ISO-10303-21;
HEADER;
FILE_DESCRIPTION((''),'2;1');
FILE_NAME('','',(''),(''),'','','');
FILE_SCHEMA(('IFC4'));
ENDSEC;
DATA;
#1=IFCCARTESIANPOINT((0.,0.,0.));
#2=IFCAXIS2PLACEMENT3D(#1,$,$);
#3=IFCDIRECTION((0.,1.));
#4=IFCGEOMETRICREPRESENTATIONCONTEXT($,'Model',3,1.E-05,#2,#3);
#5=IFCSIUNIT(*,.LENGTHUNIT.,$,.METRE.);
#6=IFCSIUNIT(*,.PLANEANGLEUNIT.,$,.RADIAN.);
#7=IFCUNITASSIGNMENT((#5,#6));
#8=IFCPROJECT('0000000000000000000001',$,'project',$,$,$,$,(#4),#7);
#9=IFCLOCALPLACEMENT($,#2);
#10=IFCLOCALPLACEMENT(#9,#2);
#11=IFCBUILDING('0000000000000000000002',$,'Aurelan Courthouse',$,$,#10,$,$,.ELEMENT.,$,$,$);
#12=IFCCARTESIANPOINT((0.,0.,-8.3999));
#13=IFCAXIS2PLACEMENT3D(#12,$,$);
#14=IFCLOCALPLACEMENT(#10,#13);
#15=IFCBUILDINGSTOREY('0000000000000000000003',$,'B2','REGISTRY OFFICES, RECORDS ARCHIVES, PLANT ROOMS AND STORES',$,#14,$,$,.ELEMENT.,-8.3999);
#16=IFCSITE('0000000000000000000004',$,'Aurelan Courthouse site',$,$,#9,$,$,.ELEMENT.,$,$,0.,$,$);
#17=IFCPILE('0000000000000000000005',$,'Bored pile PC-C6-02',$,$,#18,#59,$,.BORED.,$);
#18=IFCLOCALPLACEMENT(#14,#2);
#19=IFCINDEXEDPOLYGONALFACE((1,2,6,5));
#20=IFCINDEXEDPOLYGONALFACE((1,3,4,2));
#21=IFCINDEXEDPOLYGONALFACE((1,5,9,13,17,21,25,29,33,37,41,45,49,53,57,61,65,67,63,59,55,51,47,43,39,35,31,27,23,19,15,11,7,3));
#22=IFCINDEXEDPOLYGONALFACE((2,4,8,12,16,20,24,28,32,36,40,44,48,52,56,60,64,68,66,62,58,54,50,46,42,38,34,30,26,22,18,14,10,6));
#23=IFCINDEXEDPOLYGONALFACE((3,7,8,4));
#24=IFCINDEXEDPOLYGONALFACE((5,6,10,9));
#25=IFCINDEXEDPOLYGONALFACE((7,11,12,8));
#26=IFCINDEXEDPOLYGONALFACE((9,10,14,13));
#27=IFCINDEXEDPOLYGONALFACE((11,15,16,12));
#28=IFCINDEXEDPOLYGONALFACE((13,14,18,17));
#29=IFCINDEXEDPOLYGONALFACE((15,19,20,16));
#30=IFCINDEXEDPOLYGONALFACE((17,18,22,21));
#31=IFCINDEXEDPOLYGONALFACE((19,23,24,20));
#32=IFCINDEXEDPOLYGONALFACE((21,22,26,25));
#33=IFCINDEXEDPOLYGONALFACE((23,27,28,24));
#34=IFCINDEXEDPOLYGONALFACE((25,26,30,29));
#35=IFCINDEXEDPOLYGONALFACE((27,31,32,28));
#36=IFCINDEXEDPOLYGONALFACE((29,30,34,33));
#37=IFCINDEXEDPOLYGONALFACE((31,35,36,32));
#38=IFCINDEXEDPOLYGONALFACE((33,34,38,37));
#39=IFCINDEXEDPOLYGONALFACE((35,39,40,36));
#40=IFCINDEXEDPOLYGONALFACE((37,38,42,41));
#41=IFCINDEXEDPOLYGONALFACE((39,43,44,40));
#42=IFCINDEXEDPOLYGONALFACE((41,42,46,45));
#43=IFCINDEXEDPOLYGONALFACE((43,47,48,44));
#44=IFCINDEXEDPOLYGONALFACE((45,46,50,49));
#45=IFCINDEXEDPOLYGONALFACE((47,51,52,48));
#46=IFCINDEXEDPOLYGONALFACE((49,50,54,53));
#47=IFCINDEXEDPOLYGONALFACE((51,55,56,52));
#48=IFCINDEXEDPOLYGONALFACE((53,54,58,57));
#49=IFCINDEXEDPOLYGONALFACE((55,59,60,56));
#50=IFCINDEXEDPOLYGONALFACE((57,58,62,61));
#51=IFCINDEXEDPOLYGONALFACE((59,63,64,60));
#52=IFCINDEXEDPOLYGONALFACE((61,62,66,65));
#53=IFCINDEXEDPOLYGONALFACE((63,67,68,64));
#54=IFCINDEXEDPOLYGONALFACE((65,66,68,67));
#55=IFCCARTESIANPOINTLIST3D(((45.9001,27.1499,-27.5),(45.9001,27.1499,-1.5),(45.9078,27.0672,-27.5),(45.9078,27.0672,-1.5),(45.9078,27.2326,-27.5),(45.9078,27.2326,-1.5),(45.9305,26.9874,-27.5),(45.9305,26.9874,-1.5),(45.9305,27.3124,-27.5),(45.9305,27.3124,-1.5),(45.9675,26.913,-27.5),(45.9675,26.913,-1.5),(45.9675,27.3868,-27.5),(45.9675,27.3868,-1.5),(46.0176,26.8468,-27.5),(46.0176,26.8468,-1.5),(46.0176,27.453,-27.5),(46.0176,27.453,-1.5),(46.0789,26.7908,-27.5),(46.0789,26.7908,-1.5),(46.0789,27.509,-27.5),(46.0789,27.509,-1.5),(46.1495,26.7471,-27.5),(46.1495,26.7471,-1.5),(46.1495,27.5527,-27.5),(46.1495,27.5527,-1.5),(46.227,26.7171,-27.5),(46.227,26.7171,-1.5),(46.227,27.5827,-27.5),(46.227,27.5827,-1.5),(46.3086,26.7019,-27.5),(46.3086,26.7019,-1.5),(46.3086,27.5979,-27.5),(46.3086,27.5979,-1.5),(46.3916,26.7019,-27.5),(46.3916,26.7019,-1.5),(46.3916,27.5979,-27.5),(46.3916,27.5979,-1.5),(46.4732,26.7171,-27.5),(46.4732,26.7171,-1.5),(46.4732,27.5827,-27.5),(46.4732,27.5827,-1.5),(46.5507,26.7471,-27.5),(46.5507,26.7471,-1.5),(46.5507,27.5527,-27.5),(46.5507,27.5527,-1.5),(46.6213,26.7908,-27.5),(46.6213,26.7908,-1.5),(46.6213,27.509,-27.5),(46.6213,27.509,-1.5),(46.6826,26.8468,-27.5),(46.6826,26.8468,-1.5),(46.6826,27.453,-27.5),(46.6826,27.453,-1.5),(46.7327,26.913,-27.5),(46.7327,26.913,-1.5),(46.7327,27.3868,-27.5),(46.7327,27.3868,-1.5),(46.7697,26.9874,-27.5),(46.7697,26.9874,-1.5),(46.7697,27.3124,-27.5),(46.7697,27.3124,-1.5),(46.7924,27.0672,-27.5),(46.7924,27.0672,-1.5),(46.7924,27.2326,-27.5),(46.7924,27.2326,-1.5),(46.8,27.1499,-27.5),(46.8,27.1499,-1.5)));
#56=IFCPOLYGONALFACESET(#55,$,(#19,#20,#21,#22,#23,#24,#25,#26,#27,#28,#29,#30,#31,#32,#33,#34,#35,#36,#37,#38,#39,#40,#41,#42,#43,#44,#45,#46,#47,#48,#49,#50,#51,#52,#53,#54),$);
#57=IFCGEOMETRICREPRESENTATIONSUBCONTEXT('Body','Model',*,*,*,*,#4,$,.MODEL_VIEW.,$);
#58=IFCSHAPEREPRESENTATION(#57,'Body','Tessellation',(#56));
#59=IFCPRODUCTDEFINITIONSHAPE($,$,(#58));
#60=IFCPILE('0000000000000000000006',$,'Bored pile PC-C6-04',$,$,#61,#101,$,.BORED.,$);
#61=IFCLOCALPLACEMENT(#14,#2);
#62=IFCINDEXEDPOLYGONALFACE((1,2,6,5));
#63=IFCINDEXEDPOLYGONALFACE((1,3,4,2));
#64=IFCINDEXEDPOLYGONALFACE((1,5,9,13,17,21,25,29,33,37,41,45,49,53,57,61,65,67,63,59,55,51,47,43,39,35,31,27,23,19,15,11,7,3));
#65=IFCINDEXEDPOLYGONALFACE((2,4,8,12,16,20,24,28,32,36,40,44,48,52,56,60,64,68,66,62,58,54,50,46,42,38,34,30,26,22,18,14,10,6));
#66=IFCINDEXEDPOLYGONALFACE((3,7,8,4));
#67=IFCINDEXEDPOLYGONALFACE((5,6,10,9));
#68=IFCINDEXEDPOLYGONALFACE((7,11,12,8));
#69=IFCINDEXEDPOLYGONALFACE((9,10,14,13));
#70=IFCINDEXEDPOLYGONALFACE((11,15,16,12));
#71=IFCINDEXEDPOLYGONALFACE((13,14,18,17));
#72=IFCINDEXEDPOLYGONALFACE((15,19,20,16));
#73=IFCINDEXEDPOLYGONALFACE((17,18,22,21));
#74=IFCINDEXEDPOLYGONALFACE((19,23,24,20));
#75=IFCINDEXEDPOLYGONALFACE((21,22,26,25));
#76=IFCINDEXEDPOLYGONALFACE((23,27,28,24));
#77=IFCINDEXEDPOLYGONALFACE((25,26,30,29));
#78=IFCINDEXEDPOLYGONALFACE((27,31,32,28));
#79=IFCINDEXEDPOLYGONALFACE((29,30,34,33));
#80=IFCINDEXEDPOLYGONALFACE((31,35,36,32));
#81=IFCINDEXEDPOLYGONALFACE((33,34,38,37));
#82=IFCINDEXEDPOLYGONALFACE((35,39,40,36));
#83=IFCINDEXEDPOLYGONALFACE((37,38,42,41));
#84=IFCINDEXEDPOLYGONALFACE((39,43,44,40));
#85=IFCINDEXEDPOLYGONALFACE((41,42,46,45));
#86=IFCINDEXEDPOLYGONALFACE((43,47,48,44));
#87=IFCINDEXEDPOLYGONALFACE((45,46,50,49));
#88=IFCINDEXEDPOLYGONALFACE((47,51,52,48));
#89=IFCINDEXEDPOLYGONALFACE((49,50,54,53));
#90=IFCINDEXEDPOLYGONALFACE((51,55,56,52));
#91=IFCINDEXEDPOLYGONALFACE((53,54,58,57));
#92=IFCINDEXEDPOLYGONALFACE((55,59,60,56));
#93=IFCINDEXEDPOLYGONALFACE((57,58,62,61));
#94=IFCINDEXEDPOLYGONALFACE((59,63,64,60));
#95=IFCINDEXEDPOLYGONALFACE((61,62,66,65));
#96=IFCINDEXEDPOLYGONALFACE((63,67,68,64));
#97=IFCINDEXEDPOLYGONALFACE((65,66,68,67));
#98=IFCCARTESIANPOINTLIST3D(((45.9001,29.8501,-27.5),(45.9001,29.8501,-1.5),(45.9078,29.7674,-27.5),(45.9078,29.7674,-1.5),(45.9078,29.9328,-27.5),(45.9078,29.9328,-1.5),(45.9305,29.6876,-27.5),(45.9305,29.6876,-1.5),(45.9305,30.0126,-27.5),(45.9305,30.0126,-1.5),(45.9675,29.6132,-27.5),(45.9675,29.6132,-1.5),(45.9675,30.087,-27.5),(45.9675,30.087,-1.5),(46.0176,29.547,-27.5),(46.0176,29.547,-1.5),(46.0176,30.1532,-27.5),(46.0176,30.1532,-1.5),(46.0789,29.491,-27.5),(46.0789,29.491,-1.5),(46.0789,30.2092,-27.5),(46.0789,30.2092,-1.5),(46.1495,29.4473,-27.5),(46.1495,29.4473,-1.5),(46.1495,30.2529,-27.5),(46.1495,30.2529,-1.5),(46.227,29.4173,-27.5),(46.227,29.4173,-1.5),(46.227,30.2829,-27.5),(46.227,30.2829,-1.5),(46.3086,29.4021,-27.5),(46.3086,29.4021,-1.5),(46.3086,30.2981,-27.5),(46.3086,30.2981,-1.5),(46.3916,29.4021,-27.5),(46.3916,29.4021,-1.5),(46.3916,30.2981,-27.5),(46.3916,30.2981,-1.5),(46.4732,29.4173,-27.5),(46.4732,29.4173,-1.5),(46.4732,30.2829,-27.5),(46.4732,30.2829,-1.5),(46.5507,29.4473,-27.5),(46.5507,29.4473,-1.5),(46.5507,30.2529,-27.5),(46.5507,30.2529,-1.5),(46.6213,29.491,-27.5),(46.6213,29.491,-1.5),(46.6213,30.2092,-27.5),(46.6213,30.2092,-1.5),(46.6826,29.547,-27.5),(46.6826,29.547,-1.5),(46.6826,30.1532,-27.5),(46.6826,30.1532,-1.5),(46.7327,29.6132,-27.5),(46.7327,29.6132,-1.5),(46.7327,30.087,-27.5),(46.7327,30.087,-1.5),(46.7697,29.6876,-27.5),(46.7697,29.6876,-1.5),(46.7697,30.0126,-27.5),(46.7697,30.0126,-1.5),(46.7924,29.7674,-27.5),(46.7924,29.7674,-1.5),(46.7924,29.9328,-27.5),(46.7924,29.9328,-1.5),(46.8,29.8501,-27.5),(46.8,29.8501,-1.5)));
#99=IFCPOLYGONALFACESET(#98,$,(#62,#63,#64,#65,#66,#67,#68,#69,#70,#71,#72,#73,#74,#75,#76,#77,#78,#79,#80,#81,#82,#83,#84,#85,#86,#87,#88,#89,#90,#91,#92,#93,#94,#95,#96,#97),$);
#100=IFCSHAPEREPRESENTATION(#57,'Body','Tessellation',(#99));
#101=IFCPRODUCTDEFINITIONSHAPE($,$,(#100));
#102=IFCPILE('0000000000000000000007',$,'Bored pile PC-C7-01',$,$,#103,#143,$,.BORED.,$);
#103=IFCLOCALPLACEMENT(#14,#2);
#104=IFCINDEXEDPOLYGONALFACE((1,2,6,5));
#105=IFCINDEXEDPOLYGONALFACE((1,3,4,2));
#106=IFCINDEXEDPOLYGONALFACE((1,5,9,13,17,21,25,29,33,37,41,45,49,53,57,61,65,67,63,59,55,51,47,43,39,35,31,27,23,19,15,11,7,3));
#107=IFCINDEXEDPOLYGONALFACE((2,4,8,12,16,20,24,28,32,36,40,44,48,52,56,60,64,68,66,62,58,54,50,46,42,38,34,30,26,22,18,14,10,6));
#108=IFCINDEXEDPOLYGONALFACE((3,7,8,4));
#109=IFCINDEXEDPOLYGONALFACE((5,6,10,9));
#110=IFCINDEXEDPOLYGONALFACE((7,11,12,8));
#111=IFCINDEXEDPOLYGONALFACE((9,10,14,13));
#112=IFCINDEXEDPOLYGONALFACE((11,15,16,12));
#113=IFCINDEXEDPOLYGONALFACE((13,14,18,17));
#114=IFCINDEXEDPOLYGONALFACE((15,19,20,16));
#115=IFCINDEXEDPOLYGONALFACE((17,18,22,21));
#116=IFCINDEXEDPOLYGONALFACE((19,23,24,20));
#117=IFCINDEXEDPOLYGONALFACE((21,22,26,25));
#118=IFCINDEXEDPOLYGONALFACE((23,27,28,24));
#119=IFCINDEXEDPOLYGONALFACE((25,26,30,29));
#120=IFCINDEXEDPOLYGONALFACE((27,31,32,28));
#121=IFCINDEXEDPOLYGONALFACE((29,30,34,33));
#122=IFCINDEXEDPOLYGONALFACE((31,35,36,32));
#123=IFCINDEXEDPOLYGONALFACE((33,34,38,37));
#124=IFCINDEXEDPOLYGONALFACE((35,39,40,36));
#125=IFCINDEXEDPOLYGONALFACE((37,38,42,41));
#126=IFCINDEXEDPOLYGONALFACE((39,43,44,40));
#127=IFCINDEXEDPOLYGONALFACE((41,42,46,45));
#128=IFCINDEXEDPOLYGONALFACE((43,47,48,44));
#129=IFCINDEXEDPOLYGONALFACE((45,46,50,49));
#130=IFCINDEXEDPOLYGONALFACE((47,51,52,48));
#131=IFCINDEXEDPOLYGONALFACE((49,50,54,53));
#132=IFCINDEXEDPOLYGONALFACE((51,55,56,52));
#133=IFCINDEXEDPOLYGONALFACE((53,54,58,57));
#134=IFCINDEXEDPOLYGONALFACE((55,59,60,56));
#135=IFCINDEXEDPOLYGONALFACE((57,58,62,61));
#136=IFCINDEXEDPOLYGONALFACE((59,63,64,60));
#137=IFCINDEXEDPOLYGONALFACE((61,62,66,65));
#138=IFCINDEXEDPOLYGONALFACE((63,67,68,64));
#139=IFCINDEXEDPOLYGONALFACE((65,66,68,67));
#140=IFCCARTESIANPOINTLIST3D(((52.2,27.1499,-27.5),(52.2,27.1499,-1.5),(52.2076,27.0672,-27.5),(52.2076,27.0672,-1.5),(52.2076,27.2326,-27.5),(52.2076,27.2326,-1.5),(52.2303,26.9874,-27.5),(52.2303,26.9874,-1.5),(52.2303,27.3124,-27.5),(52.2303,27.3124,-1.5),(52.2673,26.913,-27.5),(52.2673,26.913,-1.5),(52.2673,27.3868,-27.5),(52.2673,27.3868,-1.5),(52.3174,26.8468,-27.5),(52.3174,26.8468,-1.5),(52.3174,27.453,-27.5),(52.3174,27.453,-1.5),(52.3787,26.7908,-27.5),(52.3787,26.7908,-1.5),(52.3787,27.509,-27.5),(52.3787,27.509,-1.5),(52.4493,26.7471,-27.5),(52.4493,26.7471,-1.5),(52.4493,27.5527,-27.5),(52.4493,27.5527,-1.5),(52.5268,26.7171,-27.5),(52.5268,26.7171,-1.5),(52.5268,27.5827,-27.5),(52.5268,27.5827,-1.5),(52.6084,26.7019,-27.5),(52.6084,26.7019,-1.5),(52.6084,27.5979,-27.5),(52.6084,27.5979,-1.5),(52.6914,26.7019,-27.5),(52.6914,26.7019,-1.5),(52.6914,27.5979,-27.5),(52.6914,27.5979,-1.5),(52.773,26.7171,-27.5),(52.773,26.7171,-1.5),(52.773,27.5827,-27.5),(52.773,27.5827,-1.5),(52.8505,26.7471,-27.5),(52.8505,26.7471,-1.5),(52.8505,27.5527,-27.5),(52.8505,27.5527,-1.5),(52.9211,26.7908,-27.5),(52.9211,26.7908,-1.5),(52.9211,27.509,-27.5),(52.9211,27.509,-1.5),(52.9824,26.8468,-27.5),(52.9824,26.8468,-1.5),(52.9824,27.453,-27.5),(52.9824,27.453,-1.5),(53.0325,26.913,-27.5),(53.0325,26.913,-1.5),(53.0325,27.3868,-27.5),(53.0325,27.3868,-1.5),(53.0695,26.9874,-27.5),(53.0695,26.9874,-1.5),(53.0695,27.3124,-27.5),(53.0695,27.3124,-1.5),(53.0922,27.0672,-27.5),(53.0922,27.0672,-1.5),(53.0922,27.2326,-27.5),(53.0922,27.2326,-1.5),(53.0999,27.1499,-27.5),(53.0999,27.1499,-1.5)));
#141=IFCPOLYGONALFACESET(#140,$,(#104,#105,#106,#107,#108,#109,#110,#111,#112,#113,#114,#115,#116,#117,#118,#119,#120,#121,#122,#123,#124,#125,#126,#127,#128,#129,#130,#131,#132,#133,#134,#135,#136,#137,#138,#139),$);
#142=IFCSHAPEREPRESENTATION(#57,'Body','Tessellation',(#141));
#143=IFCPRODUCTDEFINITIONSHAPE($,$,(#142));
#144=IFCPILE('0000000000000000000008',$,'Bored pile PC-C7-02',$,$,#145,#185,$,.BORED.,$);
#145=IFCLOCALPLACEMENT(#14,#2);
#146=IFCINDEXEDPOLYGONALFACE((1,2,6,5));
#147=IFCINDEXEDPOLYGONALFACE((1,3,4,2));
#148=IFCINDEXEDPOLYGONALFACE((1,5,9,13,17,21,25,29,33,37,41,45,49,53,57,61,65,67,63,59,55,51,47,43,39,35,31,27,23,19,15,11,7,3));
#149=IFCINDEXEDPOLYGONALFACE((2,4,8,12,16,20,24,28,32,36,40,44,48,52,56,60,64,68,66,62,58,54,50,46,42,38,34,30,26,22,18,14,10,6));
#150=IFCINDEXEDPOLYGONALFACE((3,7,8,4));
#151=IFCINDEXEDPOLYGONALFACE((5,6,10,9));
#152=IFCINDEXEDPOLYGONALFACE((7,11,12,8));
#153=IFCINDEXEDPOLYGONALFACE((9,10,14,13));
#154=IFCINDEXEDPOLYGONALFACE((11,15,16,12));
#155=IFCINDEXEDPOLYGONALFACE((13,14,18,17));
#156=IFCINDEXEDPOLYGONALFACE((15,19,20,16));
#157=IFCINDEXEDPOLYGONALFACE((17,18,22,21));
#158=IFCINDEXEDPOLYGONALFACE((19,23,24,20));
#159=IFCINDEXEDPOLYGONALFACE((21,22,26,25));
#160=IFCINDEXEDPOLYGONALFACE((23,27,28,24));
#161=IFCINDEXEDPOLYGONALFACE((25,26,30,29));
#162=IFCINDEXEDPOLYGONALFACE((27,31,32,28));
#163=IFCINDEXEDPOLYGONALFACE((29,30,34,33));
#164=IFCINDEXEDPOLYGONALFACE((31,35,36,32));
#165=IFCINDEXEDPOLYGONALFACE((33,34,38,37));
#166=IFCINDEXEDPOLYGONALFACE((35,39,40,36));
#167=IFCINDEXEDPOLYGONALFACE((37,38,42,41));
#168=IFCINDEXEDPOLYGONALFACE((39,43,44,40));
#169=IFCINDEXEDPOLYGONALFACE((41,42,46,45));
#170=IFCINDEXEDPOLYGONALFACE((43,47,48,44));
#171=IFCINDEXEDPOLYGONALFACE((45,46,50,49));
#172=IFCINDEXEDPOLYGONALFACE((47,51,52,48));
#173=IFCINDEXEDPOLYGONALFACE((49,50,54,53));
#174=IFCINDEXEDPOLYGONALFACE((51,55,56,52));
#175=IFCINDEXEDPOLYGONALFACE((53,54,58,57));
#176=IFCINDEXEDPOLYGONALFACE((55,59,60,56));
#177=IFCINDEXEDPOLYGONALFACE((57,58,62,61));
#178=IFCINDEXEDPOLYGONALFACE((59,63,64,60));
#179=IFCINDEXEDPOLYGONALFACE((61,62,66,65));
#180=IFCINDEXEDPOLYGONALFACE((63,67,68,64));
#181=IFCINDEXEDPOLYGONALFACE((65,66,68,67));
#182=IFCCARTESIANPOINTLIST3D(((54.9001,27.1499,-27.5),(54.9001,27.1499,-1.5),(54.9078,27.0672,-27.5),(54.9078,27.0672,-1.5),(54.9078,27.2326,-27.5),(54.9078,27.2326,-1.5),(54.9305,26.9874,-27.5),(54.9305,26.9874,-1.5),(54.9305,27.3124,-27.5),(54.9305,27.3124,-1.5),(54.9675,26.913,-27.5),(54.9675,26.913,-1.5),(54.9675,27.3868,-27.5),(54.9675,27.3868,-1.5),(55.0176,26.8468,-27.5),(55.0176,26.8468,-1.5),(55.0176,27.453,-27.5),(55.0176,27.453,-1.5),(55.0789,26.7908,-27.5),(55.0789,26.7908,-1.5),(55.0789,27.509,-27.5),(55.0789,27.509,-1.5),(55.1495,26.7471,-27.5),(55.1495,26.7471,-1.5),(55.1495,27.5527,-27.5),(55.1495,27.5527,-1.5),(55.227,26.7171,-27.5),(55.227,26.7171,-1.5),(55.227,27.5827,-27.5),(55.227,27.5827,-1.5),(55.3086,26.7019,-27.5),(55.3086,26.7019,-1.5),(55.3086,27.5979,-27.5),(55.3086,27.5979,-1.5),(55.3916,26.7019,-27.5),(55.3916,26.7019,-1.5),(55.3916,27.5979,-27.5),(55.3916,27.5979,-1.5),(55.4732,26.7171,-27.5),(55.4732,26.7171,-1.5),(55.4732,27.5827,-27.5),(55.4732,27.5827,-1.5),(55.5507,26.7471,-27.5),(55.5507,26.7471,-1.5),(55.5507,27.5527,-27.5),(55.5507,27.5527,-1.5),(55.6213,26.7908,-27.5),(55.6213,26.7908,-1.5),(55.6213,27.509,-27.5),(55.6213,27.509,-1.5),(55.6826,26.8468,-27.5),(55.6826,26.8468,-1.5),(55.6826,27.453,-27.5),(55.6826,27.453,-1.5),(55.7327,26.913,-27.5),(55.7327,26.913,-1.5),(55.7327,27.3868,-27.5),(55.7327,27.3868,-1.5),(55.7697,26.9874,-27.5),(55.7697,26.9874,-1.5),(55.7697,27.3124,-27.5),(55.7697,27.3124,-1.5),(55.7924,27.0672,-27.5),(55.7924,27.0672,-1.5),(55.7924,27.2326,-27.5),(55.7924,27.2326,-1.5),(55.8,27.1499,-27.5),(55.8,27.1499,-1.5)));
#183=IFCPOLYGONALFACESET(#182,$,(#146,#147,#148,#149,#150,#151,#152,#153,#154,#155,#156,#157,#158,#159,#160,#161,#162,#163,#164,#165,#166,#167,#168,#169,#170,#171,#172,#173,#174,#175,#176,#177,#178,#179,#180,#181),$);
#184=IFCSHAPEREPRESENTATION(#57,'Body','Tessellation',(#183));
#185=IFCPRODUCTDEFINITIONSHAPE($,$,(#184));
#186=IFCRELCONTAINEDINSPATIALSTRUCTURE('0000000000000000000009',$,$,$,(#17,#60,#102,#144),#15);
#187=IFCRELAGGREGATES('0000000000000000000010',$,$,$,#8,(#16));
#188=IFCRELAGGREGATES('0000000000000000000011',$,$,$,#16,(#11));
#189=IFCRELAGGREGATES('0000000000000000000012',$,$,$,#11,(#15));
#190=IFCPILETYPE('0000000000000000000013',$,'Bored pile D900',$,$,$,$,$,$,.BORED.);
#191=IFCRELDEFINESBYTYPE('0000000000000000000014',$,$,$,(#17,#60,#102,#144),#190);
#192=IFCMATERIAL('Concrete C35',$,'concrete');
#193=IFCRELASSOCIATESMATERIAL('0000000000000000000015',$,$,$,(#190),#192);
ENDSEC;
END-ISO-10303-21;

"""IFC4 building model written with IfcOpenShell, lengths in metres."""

from ifc_helpers import new_model, si_unit, direction, frame, origin, origin_2d, place, context, subcontext, project, spatial, circle, extrude, material, material_profile, profile_set, type_object, element, save


model = new_model("IFC4")

# Units and contexts
model_context = context("Model", 3, precision=1e-05, world=origin(), true_north=direction((0.0, 1.0)))
body_context = subcontext(model_context, "Body", "Model", "MODEL_VIEW")
ifc_project = project(units=[si_unit("LENGTHUNIT", "METRE"), si_unit("PLANEANGLEUNIT", "RADIAN")], contexts=[model_context])

# Site, building, storey
site_placement = place(None, origin())
site = spatial("IfcSite", under=ifc_project, at=site_placement, Name="Aurelan Courthouse site", CompositionType="ELEMENT", RefElevation=0.0)
building_placement = place(site_placement, origin())
building = spatial("IfcBuilding", under=site, at=building_placement, Name="Aurelan Courthouse", CompositionType="ELEMENT")
storey_placement = place(building_placement, frame((0.0, 0.0, -8.3999)))
storey = spatial("IfcBuildingStorey", under=building, at=storey_placement, Name="B2", Description="REGISTRY OFFICES, RECORDS ARCHIVES, PLANT ROOMS AND STORES", CompositionType="ELEMENT", Elevation=-8.3999)

# Piles
ifc_material_1 = material(Name="Concrete C35", Category="concrete")
ifc_material_profile_1 = material_profile(ifc_material_1, circle(Radius=0.45, at=origin_2d()), Name="D900")
ifc_profile_set_1 = profile_set([ifc_material_profile_1], Name="Concrete C35")
pile_type = type_object("IfcPileType", Name="Bored pile D900", PredefinedType="BORED", material=ifc_profile_set_1)
for number, where, z_axis, x_axis, name in (
    (1, (46.3501, 27.1499, -1.5), (0.0, 0.0, -1.0), (1.0, 0.0, 0.0), "Bored pile PC-C6-02"),
    (2, (46.3501, 29.8501, -1.5), (0.0, 0.0, -1.0), (1.0, 0.0, 0.0), "Bored pile PC-C6-04"),
    (3, (52.6499, 27.1499, -1.5), (0.0, 0.0, -1.0), (1.0, 0.0, 0.0), "Bored pile PC-C7-01"),
    (4, (55.3501, 27.1499, -1.5), (0.0, 0.0, -1.0), (1.0, 0.0, 0.0), "Bored pile PC-C7-02"),
):
    element("IfcPile", number, at=place(storey_placement, frame(where, z_axis=z_axis, x_axis=x_axis)), inside=storey, type_object=pile_type, Name=name, PredefinedType="BORED", context=body_context, shape_type="SweptSolid", body=[
        extrude(circle(Radius=0.45, at=origin_2d()), origin(), (0.0, 0.0, 1.0), 26.0),
    ])

save(model, "model.ifc")
